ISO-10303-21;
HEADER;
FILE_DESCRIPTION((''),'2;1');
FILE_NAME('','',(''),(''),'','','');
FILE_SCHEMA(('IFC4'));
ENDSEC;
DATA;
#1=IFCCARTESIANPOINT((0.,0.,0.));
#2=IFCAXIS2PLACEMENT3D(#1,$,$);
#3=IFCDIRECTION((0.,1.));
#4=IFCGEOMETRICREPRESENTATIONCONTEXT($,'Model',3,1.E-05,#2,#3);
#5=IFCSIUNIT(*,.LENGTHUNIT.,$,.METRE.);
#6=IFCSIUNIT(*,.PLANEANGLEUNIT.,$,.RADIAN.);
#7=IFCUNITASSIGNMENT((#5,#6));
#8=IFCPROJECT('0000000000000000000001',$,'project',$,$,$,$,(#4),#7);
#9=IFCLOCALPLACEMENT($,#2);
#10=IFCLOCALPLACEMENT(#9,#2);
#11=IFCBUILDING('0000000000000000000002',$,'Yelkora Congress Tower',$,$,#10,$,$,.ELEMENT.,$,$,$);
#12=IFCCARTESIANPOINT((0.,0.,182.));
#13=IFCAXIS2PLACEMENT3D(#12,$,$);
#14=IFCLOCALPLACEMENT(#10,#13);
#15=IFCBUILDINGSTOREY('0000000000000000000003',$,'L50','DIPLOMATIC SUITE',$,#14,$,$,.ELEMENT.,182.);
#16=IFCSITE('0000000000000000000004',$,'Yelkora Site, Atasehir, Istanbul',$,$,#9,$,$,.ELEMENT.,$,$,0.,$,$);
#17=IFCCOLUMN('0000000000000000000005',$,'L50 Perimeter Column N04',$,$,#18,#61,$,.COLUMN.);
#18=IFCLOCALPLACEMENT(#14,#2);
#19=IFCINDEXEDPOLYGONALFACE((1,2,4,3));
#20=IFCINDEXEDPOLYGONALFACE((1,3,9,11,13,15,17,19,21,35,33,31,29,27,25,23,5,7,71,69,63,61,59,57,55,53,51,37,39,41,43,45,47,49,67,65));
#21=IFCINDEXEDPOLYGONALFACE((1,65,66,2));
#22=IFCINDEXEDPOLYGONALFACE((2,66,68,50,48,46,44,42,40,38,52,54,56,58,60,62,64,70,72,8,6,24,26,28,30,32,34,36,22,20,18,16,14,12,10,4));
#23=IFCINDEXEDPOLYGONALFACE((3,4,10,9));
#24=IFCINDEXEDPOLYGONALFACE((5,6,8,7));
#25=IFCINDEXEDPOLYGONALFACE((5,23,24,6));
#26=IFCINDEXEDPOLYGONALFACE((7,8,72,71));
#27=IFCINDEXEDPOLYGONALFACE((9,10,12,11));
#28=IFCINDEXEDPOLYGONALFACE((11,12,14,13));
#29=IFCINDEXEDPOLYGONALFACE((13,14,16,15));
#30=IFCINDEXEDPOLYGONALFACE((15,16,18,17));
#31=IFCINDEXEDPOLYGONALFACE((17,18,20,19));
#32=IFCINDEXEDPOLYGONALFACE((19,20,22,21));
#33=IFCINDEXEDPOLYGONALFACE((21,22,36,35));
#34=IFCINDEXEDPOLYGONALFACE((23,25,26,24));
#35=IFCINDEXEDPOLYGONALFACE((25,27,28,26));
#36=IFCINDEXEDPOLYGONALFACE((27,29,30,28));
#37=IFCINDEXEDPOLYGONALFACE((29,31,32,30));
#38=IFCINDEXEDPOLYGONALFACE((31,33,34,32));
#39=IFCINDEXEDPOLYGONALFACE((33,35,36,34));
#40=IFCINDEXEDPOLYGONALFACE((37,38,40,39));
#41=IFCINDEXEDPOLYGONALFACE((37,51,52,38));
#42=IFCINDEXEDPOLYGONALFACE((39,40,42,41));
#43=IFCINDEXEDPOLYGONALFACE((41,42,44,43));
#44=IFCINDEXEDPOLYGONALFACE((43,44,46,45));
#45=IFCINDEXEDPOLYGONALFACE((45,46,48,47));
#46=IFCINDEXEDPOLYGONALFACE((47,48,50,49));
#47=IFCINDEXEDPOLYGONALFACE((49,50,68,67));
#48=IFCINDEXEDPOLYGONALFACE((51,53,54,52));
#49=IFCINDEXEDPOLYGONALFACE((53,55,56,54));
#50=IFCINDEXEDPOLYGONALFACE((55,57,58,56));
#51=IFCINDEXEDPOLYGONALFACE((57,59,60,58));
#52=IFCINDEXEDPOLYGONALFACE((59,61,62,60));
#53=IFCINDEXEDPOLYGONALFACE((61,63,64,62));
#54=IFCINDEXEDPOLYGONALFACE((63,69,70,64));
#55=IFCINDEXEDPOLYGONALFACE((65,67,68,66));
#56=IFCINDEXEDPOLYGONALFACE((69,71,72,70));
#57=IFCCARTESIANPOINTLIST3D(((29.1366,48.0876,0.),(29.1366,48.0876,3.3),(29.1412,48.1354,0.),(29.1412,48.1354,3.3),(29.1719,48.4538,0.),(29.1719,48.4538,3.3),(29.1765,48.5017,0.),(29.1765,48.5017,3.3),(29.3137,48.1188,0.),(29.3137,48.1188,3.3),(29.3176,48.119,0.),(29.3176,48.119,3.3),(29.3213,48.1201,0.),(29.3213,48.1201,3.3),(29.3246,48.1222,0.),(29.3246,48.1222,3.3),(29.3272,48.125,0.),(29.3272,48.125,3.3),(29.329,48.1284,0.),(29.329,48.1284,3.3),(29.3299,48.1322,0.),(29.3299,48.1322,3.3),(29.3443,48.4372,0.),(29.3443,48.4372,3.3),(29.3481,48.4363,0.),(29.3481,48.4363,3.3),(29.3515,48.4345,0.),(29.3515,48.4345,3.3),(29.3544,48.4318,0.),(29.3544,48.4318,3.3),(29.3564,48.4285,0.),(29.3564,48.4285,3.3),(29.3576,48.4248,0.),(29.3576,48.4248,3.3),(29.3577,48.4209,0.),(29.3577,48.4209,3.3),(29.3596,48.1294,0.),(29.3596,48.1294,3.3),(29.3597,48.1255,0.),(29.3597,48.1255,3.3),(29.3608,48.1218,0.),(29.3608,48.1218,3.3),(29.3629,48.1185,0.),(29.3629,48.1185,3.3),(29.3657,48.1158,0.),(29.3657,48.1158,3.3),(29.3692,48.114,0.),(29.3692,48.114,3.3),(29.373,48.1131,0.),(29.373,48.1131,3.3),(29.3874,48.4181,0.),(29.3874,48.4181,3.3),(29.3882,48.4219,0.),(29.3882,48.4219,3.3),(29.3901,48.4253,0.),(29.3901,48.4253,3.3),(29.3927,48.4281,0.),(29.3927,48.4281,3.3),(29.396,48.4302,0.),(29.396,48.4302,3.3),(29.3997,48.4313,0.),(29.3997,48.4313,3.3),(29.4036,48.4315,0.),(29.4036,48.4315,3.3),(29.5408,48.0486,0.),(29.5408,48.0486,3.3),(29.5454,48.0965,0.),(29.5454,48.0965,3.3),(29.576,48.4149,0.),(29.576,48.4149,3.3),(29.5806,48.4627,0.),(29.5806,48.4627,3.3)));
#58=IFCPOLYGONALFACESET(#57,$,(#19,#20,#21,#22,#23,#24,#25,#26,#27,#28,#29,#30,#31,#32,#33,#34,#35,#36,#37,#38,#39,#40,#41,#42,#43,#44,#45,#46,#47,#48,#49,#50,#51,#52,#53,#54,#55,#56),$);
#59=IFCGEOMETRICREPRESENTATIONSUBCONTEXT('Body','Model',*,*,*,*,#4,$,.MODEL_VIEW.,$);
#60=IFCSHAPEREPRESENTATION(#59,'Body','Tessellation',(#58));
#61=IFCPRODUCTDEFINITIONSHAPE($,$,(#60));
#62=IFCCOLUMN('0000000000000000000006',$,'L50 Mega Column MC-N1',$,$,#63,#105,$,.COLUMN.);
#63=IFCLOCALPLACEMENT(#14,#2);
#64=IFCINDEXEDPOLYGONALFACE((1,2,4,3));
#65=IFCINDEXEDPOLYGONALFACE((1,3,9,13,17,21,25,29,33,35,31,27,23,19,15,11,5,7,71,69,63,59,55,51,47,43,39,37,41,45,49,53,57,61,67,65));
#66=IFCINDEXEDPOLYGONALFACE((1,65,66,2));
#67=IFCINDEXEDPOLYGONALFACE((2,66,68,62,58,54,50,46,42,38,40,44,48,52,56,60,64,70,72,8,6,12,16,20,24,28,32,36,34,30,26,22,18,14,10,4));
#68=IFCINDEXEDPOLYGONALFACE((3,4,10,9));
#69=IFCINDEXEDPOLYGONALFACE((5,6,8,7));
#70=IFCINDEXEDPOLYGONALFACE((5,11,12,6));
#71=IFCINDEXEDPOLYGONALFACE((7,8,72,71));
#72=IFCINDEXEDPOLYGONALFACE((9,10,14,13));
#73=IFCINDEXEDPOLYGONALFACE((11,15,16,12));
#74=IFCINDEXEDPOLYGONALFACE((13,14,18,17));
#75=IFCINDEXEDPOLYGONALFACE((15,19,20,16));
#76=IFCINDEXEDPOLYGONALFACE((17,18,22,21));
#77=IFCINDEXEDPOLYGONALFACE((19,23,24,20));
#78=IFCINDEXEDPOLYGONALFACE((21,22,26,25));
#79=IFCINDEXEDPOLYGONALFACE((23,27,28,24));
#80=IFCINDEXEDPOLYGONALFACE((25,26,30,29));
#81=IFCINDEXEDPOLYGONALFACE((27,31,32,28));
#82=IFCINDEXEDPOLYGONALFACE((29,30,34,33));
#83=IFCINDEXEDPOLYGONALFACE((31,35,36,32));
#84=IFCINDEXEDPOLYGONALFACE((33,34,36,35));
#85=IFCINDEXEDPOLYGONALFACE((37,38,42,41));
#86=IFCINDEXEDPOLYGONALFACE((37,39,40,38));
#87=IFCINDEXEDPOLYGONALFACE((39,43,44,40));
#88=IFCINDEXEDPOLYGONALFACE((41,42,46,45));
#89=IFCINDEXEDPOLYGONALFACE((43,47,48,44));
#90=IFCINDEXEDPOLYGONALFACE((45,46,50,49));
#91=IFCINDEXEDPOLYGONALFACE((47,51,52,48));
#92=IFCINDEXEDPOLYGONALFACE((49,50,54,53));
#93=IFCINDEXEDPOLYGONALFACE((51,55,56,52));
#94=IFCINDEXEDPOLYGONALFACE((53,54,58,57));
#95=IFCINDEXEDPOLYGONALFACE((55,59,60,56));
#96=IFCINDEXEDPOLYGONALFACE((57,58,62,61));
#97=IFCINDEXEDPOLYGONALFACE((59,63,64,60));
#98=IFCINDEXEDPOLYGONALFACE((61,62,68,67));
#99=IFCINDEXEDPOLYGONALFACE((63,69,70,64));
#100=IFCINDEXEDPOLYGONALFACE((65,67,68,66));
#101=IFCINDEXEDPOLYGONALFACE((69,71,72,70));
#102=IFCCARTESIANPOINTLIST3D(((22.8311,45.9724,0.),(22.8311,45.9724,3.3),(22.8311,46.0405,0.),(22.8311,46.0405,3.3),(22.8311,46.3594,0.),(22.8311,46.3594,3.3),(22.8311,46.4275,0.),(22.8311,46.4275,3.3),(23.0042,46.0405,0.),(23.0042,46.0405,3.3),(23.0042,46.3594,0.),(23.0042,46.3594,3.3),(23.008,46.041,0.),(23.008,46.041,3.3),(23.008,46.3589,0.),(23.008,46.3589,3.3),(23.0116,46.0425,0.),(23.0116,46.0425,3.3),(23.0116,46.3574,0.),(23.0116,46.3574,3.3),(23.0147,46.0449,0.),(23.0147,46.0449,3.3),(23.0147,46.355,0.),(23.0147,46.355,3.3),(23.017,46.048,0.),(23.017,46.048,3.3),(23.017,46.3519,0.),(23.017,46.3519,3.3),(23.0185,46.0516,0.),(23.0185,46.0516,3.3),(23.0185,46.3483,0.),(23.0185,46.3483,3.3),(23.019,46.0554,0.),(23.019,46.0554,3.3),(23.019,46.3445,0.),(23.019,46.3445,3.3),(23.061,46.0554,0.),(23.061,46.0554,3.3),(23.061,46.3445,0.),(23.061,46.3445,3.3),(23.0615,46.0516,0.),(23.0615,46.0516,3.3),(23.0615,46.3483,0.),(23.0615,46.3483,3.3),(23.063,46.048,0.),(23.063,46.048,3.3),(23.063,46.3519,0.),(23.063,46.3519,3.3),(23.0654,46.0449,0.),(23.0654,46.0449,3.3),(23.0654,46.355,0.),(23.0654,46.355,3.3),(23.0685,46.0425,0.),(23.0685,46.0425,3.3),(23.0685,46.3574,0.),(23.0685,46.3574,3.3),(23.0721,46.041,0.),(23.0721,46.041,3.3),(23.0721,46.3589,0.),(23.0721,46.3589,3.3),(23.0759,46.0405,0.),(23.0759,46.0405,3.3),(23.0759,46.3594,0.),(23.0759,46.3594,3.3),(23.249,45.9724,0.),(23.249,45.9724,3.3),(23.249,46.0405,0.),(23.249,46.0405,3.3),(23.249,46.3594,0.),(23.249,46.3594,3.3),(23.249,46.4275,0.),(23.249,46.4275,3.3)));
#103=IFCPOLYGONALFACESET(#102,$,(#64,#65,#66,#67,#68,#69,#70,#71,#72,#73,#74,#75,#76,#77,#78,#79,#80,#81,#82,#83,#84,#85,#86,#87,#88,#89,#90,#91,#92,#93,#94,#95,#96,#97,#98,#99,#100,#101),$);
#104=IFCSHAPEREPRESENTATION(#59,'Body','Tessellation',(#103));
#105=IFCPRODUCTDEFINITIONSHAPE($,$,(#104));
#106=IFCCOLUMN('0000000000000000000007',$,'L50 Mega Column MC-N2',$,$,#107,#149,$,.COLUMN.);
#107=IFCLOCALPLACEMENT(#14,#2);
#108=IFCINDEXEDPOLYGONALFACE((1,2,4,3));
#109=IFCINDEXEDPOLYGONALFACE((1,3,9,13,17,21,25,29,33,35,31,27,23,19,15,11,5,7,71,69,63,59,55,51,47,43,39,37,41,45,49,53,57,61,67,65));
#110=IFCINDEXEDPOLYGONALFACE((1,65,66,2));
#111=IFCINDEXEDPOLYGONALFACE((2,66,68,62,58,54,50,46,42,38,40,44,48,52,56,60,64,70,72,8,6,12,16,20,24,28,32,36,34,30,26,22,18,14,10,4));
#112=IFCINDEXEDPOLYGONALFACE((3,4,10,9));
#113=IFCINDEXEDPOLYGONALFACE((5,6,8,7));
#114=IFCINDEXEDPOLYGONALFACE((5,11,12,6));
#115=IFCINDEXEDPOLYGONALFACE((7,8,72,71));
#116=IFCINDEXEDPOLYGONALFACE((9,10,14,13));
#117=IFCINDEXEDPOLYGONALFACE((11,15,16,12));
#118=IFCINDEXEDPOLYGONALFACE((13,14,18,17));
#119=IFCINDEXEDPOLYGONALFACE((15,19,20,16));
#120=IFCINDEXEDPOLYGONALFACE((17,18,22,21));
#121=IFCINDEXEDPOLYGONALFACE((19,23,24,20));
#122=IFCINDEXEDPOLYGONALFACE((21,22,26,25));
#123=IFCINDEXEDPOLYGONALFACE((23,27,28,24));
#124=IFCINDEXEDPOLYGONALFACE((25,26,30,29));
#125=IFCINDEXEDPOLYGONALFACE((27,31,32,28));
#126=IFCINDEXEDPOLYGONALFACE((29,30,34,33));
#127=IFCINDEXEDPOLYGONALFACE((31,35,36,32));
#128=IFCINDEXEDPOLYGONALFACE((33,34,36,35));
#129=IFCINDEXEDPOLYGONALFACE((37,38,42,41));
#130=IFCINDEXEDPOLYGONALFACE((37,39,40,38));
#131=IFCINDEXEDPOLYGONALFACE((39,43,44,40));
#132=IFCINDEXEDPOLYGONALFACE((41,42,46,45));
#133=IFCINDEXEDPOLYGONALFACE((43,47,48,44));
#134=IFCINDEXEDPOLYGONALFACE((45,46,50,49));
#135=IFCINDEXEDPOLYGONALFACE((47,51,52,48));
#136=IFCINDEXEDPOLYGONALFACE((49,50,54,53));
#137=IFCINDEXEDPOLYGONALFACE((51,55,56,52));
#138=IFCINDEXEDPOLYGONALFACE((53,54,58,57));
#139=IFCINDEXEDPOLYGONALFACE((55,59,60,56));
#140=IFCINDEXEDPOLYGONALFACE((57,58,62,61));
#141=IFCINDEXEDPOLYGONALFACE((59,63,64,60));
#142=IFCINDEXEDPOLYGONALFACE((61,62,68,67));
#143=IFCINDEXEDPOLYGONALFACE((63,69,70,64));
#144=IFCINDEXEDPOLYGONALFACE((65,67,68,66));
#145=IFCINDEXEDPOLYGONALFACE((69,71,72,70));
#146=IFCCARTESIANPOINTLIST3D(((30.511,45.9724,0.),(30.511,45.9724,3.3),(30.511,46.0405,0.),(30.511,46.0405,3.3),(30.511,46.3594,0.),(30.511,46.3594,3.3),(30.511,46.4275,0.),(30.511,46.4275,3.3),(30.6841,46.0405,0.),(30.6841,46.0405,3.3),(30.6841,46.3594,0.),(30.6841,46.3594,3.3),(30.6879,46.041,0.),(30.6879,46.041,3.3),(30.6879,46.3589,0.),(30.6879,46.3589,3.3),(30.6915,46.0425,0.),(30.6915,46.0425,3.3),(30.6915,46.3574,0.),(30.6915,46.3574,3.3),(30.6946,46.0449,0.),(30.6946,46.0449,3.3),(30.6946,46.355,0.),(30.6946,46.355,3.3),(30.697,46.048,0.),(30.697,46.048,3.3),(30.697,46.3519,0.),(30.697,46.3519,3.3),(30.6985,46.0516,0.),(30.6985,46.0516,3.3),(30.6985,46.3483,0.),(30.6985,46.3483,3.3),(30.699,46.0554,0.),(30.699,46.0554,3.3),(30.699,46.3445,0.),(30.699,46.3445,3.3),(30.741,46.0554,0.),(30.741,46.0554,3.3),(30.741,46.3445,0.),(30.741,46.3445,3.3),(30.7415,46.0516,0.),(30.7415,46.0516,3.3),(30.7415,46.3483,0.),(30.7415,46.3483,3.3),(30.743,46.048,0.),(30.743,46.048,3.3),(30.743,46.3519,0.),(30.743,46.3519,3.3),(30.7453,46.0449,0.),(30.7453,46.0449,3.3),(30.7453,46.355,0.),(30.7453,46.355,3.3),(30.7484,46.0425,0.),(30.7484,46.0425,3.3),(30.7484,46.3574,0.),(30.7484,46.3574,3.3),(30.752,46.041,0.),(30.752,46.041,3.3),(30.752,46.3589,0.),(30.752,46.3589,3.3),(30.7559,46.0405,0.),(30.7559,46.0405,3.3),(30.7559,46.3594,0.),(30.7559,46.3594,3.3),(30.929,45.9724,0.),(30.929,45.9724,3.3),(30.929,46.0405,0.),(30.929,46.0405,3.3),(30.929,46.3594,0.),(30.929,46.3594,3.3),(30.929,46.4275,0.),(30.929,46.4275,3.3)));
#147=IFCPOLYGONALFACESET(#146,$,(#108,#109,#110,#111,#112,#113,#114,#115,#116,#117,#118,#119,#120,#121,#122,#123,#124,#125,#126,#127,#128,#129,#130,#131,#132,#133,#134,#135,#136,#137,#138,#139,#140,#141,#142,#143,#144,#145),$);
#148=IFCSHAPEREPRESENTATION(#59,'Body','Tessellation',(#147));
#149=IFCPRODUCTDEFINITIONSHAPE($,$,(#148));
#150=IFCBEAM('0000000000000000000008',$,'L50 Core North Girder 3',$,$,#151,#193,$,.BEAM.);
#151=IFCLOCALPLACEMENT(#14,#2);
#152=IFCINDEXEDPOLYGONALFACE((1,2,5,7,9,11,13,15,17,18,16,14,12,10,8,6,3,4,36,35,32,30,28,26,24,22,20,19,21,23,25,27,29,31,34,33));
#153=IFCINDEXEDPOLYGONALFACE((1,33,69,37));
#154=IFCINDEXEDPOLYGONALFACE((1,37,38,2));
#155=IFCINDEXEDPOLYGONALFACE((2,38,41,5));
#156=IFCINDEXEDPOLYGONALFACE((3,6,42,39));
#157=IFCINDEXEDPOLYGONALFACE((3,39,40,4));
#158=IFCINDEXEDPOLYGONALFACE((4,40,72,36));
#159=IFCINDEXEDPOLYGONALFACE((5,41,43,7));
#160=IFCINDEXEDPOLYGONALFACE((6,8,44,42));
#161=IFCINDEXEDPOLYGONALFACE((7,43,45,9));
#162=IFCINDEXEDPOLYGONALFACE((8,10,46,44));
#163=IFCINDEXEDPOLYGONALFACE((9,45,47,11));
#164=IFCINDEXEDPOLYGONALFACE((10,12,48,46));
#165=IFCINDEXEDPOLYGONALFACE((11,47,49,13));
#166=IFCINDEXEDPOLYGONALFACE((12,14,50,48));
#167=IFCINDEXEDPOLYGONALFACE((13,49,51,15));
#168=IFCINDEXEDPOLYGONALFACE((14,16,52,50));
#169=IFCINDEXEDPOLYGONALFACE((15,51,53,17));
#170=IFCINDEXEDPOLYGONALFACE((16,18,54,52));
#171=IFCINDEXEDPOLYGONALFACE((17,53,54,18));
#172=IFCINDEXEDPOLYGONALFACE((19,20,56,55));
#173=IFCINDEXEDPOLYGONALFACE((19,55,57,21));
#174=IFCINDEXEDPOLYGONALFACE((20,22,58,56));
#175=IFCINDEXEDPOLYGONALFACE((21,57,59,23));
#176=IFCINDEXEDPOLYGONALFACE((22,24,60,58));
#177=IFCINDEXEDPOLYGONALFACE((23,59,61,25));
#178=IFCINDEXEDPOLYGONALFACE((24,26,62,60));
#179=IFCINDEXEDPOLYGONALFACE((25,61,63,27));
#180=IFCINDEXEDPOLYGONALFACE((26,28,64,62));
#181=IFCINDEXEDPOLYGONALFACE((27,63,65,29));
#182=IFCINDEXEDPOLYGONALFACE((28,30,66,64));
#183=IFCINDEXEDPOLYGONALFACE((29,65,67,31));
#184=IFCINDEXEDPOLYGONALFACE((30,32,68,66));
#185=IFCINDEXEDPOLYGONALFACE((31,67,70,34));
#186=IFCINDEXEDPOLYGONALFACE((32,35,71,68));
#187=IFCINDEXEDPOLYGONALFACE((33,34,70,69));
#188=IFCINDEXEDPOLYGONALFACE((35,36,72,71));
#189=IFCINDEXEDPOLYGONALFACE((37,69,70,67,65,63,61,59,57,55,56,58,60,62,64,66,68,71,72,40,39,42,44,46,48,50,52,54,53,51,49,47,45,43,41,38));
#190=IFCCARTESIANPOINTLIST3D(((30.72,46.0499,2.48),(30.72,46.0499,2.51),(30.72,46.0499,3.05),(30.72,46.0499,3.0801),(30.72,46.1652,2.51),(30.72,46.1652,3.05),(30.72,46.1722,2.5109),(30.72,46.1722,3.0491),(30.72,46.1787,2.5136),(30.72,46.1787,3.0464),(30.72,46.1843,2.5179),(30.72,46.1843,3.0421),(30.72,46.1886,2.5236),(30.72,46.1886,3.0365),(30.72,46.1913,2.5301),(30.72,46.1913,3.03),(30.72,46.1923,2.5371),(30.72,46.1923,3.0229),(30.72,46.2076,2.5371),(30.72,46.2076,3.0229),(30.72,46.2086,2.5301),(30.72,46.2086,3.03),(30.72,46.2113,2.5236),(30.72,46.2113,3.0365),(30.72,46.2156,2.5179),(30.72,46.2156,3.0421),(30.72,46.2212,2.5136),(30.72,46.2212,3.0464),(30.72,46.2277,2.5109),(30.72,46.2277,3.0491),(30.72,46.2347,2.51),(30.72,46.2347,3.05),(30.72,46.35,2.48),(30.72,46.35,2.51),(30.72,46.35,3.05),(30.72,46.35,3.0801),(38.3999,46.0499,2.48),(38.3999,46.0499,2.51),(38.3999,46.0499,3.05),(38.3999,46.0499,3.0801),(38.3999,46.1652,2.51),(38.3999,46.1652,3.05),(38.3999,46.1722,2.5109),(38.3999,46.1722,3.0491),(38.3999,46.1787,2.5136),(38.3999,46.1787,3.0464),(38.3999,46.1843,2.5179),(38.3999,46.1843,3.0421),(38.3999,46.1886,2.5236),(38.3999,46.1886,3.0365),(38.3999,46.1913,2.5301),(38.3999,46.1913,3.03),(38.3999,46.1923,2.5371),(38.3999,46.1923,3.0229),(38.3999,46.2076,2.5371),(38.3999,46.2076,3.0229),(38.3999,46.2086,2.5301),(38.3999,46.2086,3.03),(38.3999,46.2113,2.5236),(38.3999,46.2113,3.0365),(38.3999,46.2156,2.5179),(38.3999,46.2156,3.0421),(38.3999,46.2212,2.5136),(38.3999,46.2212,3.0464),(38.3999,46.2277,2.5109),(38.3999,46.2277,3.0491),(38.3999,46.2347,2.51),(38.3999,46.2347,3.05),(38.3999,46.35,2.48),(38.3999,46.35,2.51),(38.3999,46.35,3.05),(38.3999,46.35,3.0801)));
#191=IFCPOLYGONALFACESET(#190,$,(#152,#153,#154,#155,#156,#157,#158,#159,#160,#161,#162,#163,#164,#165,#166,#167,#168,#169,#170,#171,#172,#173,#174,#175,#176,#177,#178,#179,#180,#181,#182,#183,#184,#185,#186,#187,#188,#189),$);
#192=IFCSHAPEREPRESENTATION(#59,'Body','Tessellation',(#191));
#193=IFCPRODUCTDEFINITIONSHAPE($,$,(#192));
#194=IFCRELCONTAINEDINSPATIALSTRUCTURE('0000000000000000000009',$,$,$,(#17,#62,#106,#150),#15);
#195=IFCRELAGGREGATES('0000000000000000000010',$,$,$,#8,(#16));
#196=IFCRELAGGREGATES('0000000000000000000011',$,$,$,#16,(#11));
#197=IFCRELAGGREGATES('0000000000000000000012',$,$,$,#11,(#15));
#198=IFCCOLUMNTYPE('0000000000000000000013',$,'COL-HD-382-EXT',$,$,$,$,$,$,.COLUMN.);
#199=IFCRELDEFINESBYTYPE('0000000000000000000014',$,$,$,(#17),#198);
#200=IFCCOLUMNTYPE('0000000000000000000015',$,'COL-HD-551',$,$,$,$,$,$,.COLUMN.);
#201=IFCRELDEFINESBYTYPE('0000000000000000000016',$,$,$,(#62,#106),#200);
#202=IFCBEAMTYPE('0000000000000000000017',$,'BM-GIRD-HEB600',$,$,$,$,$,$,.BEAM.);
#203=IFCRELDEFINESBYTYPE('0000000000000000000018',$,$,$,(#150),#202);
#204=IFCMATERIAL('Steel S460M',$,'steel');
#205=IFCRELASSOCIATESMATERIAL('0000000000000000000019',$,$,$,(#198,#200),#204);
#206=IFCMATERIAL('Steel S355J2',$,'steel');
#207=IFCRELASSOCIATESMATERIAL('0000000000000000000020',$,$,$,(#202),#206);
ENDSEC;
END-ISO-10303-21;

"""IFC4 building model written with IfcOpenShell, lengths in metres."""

from ifc_helpers import new_model, si_unit, direction, frame, origin, origin_2d, place, context, subcontext, project, spatial, i_section, extrude, material, material_profile, profile_set, type_object, element, save


model = new_model("IFC4")

# Units and contexts
model_context = context("Model", 3, precision=1e-05, world=origin(), true_north=direction((0.0, 1.0)))
body_context = subcontext(model_context, "Body", "Model", "MODEL_VIEW")
ifc_project = project(units=[si_unit("LENGTHUNIT", "METRE"), si_unit("PLANEANGLEUNIT", "RADIAN")], contexts=[model_context])

# Site, building, storey
site_placement = place(None, origin())
site = spatial("IfcSite", under=ifc_project, at=site_placement, Name="Yelkora Site, Atasehir, Istanbul", CompositionType="ELEMENT", RefElevation=0.0)
building_placement = place(site_placement, origin())
building = spatial("IfcBuilding", under=site, at=building_placement, Name="Yelkora Congress Tower", CompositionType="ELEMENT")
storey_placement = place(building_placement, frame((0.0, 0.0, 182.0)))
storey = spatial("IfcBuildingStorey", under=building, at=storey_placement, Name="L50", Description="DIPLOMATIC SUITE", CompositionType="ELEMENT", Elevation=182.0)

# Columns
ifc_material_1 = material(Name="Steel S460M", Category="steel")
ifc_material_profile_1 = material_profile(ifc_material_1, i_section(OverallWidth=0.406, OverallDepth=0.416, WebThickness=0.0298, FlangeThickness=0.0481, FilletRadius=0.0149, at=origin_2d()), Name="HD 400x382")
ifc_profile_set_1 = profile_set([ifc_material_profile_1], Name="Steel S460M")
column_type_1 = type_object("IfcColumnType", Name="COL-HD-382-EXT", PredefinedType="COLUMN", material=ifc_profile_set_1)
column_placement = place(storey_placement, frame((29.3586, 48.2751, 0.0), z_axis=(0.0, 0.0, 1.0), x_axis=(0.995396, -0.095846, 0.0)))
element("IfcColumn", 1, at=column_placement, inside=storey, type_object=column_type_1, Name="L50 Perimeter Column N04", PredefinedType="COLUMN", context=body_context, shape_type="SweptSolid", body=[
    extrude(i_section(OverallWidth=0.406, OverallDepth=0.416, WebThickness=0.0298, FlangeThickness=0.0481, FilletRadius=0.0149, at=origin_2d()), origin(), (0.0, 0.0, 1.0), 3.3),
])
ifc_material_profile_2 = material_profile(ifc_material_1, i_section(OverallWidth=0.418, OverallDepth=0.4551, WebThickness=0.042, FlangeThickness=0.0681, FilletRadius=0.0149, at=origin_2d()), Name="HD 400x551")
ifc_profile_set_2 = profile_set([ifc_material_profile_2], Name="Steel S460M")
column_type_2 = type_object("IfcColumnType", Name="COL-HD-551", PredefinedType="COLUMN", material=ifc_profile_set_2)
for number, where, z_axis, x_axis, name in (
    (2, (23.04, 46.2, 0.0), (0.0, 0.0, 1.0), (1.0, 0.0, 0.0), "L50 Mega Column MC-N1"),
    (3, (30.72, 46.2, 0.0), (0.0, 0.0, 1.0), (1.0, 0.0, 0.0), "L50 Mega Column MC-N2"),
):
    element("IfcColumn", number, at=place(storey_placement, frame(where, z_axis=z_axis, x_axis=x_axis)), inside=storey, type_object=column_type_2, Name=name, PredefinedType="COLUMN", context=body_context, shape_type="SweptSolid", body=[
        extrude(i_section(OverallWidth=0.418, OverallDepth=0.4551, WebThickness=0.042, FlangeThickness=0.0681, FilletRadius=0.0149, at=origin_2d()), origin(), (0.0, 0.0, 1.0), 3.3),
    ])

# Beam
ifc_material_2 = material(Name="Steel S355J2", Category="steel")
ifc_material_profile_3 = material_profile(ifc_material_2, i_section(OverallWidth=0.3, OverallDepth=0.6001, WebThickness=0.0154, FlangeThickness=0.03, FilletRadius=0.0271, at=origin_2d()), Name="HEB 600")
ifc_profile_set_3 = profile_set([ifc_material_profile_3], Name="Steel S355J2")
beam_type_1 = type_object("IfcBeamType", Name="BM-GIRD-HEB600", PredefinedType="BEAM", material=ifc_profile_set_3)
beam_1_placement = place(storey_placement, frame((30.72, 46.2, 2.78), z_axis=(1.0, 0.0, 0.0), x_axis=(0.0, 1.0, 0.0)))
element("IfcBeam", 4, at=beam_1_placement, inside=storey, type_object=beam_type_1, Name="L50 Core North Girder 3", PredefinedType="BEAM", context=body_context, shape_type="SweptSolid", body=[
    extrude(i_section(OverallWidth=0.3, OverallDepth=0.6001, WebThickness=0.0154, FlangeThickness=0.03, FilletRadius=0.0271, at=origin_2d()), origin(), (0.0, 0.0, 1.0), 7.6799),
])

save(model, "model.ifc")
